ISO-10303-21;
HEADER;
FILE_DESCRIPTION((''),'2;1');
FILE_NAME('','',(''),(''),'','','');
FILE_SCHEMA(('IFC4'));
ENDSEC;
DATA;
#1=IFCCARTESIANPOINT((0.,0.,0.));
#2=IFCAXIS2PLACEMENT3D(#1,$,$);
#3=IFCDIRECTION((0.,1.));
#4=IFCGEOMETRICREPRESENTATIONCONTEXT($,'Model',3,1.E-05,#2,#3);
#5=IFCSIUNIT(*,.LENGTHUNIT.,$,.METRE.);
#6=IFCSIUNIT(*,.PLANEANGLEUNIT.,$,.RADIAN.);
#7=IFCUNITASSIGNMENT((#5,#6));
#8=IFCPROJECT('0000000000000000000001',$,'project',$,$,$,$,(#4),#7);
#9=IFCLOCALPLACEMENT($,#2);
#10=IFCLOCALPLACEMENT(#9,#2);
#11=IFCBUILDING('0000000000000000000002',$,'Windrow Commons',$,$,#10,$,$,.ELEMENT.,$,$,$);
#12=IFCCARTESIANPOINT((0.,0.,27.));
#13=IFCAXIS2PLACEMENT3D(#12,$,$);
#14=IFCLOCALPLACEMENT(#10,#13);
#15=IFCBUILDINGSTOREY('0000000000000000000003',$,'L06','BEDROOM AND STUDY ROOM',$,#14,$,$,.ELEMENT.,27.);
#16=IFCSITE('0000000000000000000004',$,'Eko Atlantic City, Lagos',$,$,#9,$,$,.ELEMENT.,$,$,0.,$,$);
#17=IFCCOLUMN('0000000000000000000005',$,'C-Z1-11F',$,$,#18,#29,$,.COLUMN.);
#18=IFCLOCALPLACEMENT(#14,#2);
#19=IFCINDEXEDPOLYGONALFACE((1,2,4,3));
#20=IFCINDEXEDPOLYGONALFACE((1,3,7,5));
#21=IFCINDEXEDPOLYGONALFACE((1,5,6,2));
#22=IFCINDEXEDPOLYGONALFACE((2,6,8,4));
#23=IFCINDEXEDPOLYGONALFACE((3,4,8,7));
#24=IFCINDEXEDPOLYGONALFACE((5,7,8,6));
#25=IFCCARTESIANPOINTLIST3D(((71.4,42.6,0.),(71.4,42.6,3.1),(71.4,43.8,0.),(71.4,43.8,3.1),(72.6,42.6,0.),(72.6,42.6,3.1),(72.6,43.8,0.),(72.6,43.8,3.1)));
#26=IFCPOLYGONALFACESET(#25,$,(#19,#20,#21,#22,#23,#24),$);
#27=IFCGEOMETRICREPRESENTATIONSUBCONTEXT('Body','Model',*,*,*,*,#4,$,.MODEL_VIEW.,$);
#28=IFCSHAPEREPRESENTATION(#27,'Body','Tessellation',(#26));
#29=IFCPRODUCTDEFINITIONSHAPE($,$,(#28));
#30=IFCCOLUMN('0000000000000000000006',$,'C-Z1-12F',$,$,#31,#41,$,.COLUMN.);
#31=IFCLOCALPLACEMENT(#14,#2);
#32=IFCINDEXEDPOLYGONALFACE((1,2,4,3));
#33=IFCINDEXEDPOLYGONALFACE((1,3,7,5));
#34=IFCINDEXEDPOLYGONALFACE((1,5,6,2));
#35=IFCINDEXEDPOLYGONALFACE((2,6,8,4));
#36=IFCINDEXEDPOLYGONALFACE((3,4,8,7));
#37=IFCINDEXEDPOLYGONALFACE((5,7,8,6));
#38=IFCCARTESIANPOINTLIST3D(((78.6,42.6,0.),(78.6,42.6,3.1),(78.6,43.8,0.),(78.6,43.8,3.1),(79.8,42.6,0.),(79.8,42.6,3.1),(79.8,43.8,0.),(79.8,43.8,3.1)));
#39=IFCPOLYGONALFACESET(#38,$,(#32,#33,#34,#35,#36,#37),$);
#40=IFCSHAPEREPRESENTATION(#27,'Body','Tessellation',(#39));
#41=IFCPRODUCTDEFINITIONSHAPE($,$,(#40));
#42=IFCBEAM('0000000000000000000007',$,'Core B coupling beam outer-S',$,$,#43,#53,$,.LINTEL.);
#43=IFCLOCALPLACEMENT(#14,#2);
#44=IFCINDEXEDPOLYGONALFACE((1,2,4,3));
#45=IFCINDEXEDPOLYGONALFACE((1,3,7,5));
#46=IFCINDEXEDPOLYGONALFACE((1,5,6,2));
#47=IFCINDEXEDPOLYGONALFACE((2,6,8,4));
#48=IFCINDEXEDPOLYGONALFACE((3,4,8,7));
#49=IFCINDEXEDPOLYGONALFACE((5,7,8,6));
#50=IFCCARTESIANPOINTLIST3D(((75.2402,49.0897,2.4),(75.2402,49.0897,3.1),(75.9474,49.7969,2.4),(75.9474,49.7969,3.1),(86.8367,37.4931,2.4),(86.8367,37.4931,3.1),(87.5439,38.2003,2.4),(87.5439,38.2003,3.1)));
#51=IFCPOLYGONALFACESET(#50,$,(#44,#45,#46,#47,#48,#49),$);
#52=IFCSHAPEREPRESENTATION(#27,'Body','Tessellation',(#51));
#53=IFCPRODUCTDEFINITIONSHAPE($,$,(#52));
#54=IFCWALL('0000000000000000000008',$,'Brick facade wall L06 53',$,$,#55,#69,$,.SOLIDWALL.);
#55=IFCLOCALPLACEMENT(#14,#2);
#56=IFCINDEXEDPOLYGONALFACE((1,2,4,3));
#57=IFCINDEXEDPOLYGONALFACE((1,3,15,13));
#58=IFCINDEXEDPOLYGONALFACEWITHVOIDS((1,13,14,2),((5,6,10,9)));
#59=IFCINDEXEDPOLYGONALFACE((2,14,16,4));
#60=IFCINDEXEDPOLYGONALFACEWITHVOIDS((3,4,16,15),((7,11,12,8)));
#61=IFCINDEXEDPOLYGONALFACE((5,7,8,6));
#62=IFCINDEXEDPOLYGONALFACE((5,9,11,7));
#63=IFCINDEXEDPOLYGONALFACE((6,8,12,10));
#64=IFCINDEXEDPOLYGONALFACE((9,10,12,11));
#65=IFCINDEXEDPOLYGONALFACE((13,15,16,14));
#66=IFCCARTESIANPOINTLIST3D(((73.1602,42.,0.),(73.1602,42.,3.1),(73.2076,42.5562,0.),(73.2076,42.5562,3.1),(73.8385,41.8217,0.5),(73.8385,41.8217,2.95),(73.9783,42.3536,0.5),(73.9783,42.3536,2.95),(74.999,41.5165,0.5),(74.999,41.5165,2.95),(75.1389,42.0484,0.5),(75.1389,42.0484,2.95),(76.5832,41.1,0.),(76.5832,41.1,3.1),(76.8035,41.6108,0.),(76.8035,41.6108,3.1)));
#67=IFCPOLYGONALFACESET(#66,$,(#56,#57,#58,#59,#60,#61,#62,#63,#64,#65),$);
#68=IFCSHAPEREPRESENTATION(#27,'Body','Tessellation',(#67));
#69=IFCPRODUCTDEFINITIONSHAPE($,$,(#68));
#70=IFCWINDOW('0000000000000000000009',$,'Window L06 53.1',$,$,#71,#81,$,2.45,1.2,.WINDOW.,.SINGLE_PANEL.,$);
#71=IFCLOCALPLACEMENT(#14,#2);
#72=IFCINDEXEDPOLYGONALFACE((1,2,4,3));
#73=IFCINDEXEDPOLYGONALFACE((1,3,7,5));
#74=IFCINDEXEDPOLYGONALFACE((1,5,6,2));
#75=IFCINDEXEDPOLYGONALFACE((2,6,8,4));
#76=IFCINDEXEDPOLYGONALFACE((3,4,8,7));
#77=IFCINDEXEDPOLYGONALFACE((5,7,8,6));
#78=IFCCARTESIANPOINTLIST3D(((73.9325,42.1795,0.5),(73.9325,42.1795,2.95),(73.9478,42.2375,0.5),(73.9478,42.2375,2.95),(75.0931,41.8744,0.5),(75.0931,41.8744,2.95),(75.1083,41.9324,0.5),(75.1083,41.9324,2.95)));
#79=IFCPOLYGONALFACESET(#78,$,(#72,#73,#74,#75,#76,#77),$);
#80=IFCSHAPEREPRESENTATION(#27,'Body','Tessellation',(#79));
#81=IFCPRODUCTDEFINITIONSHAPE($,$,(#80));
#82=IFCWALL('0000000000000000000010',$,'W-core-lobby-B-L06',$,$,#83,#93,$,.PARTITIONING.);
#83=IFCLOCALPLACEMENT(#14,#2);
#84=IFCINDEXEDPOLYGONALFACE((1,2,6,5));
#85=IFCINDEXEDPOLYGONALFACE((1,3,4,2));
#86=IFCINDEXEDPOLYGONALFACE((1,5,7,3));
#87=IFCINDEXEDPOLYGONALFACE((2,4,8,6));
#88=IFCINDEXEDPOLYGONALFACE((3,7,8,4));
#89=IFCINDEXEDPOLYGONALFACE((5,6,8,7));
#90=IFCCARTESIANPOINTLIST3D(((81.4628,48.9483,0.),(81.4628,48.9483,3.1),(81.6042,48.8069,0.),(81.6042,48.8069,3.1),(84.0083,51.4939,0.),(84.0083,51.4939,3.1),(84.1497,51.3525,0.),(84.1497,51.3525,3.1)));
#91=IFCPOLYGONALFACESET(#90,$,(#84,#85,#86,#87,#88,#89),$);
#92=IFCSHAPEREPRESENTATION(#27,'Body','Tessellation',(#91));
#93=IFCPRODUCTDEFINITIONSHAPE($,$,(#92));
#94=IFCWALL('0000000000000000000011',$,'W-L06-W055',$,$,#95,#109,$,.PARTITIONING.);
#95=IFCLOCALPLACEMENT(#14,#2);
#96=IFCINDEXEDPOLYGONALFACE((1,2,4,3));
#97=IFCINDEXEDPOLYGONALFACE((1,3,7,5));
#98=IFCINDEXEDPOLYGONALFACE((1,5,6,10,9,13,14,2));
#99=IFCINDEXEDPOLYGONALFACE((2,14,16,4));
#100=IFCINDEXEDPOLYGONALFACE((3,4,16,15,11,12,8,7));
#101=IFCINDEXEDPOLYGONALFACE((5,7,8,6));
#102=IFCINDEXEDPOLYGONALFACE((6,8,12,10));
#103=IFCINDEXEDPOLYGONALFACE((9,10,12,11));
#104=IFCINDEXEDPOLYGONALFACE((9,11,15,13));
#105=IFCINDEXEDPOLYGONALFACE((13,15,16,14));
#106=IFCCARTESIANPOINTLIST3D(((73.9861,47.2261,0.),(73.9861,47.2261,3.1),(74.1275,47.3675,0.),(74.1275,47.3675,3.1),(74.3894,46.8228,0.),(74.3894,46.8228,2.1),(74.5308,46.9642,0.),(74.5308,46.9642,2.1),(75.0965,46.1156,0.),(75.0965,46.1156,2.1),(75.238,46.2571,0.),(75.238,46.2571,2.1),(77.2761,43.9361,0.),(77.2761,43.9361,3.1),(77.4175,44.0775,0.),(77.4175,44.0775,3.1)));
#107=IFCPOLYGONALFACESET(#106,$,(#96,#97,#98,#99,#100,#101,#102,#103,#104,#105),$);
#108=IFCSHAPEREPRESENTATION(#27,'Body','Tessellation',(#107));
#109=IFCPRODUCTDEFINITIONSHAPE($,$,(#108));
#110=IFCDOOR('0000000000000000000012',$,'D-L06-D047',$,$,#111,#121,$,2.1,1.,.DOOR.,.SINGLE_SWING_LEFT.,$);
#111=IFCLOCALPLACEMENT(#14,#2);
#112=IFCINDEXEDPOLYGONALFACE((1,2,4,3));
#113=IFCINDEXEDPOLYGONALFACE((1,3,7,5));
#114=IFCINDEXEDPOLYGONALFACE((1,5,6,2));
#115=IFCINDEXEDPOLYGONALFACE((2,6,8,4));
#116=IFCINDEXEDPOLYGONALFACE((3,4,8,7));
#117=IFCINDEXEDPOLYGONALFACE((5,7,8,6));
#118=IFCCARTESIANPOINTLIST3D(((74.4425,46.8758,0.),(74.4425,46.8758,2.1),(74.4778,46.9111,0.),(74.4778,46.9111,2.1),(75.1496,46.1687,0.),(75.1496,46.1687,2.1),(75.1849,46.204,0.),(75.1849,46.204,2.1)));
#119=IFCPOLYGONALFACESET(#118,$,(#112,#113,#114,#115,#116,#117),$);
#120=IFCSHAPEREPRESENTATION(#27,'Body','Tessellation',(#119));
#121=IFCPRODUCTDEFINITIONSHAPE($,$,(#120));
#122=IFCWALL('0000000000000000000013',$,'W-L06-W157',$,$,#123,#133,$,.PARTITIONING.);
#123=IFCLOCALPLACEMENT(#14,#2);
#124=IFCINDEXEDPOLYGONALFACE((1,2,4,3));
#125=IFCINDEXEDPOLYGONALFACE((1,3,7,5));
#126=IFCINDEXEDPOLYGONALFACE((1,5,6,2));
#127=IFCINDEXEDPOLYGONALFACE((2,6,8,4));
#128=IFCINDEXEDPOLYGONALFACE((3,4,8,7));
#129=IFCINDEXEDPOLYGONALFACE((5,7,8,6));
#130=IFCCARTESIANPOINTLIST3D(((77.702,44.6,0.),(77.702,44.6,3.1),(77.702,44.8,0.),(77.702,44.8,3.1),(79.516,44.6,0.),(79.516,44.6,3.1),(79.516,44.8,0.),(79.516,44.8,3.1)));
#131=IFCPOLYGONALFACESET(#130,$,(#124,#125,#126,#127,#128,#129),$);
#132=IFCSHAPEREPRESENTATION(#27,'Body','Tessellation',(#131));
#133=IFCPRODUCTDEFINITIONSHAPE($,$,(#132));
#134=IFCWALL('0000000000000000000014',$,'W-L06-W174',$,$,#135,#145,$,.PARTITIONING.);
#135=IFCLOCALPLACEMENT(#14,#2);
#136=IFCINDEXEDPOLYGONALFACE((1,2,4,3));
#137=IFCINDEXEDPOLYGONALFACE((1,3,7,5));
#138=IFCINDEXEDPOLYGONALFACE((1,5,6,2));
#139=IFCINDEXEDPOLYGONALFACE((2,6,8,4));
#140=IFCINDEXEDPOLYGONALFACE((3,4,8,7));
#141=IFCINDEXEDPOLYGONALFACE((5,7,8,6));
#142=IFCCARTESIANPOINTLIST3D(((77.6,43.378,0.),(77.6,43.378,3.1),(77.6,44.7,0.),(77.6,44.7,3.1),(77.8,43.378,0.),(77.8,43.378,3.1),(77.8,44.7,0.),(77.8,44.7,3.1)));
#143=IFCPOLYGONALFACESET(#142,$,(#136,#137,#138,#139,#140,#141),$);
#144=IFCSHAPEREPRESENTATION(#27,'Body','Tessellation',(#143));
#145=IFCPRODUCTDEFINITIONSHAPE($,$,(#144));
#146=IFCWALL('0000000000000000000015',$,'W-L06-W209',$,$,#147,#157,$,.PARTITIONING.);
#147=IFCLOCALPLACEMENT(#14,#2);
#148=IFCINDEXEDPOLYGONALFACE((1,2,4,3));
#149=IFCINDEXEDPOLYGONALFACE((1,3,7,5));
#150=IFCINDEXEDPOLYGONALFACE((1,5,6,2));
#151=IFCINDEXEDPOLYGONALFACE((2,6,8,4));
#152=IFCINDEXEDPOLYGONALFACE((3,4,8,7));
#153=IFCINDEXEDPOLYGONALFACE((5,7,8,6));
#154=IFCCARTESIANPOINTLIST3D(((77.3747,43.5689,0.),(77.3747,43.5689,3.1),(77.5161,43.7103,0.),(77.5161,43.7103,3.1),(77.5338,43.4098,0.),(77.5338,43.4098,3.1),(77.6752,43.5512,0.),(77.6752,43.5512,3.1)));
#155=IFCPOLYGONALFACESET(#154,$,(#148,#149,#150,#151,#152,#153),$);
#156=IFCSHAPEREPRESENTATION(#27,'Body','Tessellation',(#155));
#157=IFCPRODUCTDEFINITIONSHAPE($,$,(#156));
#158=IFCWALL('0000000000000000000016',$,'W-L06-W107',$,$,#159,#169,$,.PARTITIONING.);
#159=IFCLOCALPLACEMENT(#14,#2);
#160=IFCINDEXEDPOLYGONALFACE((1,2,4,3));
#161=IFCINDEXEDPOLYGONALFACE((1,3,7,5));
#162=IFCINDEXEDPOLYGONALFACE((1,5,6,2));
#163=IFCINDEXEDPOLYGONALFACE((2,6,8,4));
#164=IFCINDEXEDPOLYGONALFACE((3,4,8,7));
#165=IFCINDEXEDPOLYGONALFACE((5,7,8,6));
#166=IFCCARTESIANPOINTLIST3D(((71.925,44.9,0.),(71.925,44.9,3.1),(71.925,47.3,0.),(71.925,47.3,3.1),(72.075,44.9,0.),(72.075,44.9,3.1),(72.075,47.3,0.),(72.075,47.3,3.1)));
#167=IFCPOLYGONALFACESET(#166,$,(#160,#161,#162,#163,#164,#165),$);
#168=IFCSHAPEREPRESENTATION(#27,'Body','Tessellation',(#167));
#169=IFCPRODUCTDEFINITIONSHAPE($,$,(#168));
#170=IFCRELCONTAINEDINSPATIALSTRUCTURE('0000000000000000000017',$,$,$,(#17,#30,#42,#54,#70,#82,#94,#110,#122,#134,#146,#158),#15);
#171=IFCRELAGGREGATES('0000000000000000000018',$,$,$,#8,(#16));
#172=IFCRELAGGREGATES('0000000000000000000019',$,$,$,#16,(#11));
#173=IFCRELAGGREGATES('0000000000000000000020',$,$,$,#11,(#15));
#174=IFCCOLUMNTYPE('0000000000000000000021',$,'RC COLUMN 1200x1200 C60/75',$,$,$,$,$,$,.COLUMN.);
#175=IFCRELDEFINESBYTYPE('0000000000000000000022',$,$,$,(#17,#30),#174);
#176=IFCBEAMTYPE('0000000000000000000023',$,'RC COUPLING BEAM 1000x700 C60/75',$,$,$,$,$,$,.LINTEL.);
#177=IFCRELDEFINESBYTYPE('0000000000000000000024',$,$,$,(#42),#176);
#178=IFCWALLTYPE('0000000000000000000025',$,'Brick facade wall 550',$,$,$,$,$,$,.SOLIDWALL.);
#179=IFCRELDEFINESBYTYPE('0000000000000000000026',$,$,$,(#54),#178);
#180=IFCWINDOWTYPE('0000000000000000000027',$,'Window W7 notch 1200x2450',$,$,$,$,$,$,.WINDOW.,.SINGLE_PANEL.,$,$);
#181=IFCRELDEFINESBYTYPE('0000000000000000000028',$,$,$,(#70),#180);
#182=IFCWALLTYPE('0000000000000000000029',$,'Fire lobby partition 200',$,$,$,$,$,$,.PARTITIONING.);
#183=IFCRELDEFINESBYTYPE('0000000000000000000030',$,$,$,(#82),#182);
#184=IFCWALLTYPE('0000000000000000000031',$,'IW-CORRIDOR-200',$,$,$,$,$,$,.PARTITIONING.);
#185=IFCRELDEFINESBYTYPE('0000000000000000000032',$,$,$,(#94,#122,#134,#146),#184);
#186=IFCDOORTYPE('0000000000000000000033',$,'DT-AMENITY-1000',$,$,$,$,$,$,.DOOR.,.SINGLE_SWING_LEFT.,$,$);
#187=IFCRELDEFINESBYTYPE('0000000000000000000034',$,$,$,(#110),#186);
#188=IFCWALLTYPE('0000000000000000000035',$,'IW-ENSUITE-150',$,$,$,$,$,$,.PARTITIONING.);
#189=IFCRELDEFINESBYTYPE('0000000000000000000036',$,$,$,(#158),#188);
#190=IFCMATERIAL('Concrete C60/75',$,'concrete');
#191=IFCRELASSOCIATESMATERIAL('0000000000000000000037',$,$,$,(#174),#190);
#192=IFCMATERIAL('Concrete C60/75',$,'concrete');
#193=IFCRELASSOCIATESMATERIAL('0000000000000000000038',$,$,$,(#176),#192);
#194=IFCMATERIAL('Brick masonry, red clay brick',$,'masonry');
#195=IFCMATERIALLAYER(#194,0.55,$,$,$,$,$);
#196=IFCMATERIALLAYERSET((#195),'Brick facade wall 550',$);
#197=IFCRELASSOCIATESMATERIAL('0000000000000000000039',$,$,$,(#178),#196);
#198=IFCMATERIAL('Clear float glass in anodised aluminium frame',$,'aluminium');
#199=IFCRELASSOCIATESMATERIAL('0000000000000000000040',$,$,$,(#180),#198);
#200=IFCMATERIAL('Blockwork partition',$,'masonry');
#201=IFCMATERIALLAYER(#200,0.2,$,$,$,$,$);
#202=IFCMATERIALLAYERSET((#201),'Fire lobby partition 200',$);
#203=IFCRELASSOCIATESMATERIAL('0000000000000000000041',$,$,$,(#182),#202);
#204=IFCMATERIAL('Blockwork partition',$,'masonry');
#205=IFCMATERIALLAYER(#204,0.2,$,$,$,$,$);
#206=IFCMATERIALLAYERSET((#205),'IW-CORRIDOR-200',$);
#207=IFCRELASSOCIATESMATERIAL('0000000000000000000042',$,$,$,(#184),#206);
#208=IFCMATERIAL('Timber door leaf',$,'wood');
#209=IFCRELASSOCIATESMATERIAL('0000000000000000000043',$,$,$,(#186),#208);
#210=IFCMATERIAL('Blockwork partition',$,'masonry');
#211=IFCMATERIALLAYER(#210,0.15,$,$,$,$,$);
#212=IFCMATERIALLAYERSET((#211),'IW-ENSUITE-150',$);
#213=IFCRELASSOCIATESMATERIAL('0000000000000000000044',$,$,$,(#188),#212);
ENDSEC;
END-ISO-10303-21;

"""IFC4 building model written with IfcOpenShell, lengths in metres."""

from ifc_helpers import new_model, si_unit, direction, frame, frame_2d, origin, origin_2d, place, context, subcontext, project, spatial, polyline, rectangle, outline, extrude, material, layer, layer_set, material_profile, profile_set, type_object, element, fill, save


model = new_model("IFC4")

# Units and contexts
model_context = context("Model", 3, precision=1e-05, world=origin(), true_north=direction((0.0, 1.0)))
body_context = subcontext(model_context, "Body", "Model", "MODEL_VIEW")
ifc_project = project(units=[si_unit("LENGTHUNIT", "METRE"), si_unit("PLANEANGLEUNIT", "RADIAN")], contexts=[model_context])

# Site, building, storey
site_placement = place(None, origin())
site = spatial("IfcSite", under=ifc_project, at=site_placement, Name="Eko Atlantic City, Lagos", CompositionType="ELEMENT", RefElevation=0.0)
building_placement = place(site_placement, origin())
building = spatial("IfcBuilding", under=site, at=building_placement, Name="Windrow Commons", CompositionType="ELEMENT")
storey_placement = place(building_placement, frame((0.0, 0.0, 27.0)))
storey = spatial("IfcBuildingStorey", under=building, at=storey_placement, Name="L06", Description="BEDROOM AND STUDY ROOM", CompositionType="ELEMENT", Elevation=27.0)

# Columns
ifc_material_1 = material(Name="Concrete C60/75", Category="concrete")
ifc_material_profile_1 = material_profile(ifc_material_1, rectangle(XDim=1.2, YDim=1.2, at=origin_2d()))
ifc_profile_set_1 = profile_set([ifc_material_profile_1], Name="Concrete C60/75")
column_type = type_object("IfcColumnType", Name="RC COLUMN 1200x1200 C60/75", PredefinedType="COLUMN", material=ifc_profile_set_1)
for number, where, z_axis, x_axis, name in (
    (1, (72.0, 43.2, 0.0), (0.0, 0.0, 1.0), (1.0, 0.0, 0.0), "C-Z1-11F"),
    (2, (79.2, 43.2, 0.0), (0.0, 0.0, 1.0), (1.0, 0.0, 0.0), "C-Z1-12F"),
):
    element("IfcColumn", number, at=place(storey_placement, frame(where, z_axis=z_axis, x_axis=x_axis)), inside=storey, type_object=column_type, Name=name, PredefinedType="COLUMN", context=body_context, shape_type="SweptSolid", body=[
        extrude(rectangle(XDim=1.2, YDim=1.2, at=origin_2d()), origin(), (0.0, 0.0, 1.0), 3.1),
    ])

# Beam
ifc_material_2 = material(Name="Concrete C60/75", Category="concrete")
ifc_material_profile_2 = material_profile(ifc_material_2, rectangle(XDim=1.0, YDim=0.7, at=origin_2d()))
ifc_profile_set_2 = profile_set([ifc_material_profile_2], Name="Concrete C60/75")
beam_type = type_object("IfcBeamType", Name="RC COUPLING BEAM 1000x700 C60/75", PredefinedType="LINTEL", material=ifc_profile_set_2)
beam_placement = place(storey_placement, frame((75.5938, 49.4433, 2.75), z_axis=(0.707104, -0.70711, 0.0), x_axis=(0.70711, 0.707104, 0.0)))
element("IfcBeam", 3, at=beam_placement, inside=storey, type_object=beam_type, Name="Core B coupling beam outer-S", PredefinedType="LINTEL", context=body_context, shape_type="SweptSolid", body=[
    extrude(rectangle(XDim=1.0, YDim=0.7, at=origin_2d()), origin(), (0.0, 0.0, 1.0), 16.4),
])

# Wall, opening, window
ifc_material_3 = material(Name="Brick masonry, red clay brick", Category="masonry")
ifc_layer_1 = layer(ifc_material_3, 0.55)
ifc_layer_set_1 = layer_set([ifc_layer_1], Name="Brick facade wall 550")
wall_type_1 = type_object("IfcWallType", Name="Brick facade wall 550", PredefinedType="SOLIDWALL", material=ifc_layer_set_1)
wall_1_placement = place(storey_placement, frame((73.1839, 42.2781, 0.0), z_axis=(0.0, 0.0, 1.0), x_axis=(0.967131, -0.25428, 0.0)))
wall_1 = element("IfcWall", 4, at=wall_1_placement, inside=storey, type_object=wall_type_1, Name="Brick facade wall L06 53", PredefinedType="SOLIDWALL", context=body_context, shape_type="SweptSolid", body=[
    extrude(outline(polyline([(0.0478, -0.275), (3.5871, -0.275), (3.6703, 0.275), (-0.0478, 0.275), (0.0478, -0.275)])), origin(), (0.0, 0.0, 1.0), 3.1),
])
opening_1_placement = place(wall_1_placement, frame((0.7491, 0.0, 0.5)))
opening_1 = element("IfcOpeningElement", 5, at=opening_1_placement, cuts=wall_1, PredefinedType="OPENING", context=body_context, shape_type="SweptSolid", body=[
    extrude(rectangle(XDim=1.2, YDim=2.45, at=frame_2d((0.6, 1.225))), frame((0.0, 0.285, 0.0), z_axis=(0.0, -1.0, 0.0), x_axis=(1.0, 0.0, 0.0)), (0.0, 0.0, 1.0), 0.57),
])
ifc_material_4 = material(Name="Clear float glass in anodised aluminium frame", Category="aluminium")
window_type = type_object("IfcWindowType", Name="Window W7 notch 1200x2450", PartitioningType="SINGLE_PANEL", PredefinedType="WINDOW", material=ifc_material_4)
window_placement = place(opening_1_placement, origin())
window = element("IfcWindow", 6, at=window_placement, inside=storey, type_object=window_type, Name="Window L06 53.1", OverallHeight=2.45, OverallWidth=1.2, PartitioningType="SINGLE_PANEL", PredefinedType="WINDOW", context=body_context, shape_type="SweptSolid", body=[
    extrude(rectangle(XDim=1.2, YDim=2.45, at=frame_2d((0.6, 1.225))), frame((0.0, 0.155, 0.0), z_axis=(0.0, -1.0, 0.0), x_axis=(1.0, 0.0, 0.0)), (0.0, 0.0, 1.0), 0.06),
])
fill(opening_1, window)

# Wall
ifc_material_5 = material(Name="Blockwork partition", Category="masonry")
ifc_layer_2 = layer(ifc_material_5, 0.2)
ifc_layer_set_2 = layer_set([ifc_layer_2], Name="Fire lobby partition 200")
wall_type_2 = type_object("IfcWallType", Name="Fire lobby partition 200", PredefinedType="PARTITIONING", material=ifc_layer_set_2)
wall_2_placement = place(storey_placement, frame((81.5335, 48.8776, 0.0), z_axis=(0.0, 0.0, 1.0), x_axis=(0.707093, 0.707121, 0.0)))
element("IfcWall", 7, at=wall_2_placement, inside=storey, type_object=wall_type_2, Name="W-core-lobby-B-L06", PredefinedType="PARTITIONING", context=body_context, shape_type="SweptSolid", body=[
    extrude(rectangle(XDim=3.6, YDim=0.2, at=frame_2d((1.8, 0.0))), origin(), (0.0, 0.0, 1.0), 3.1),
])

# Wall, opening, door
ifc_material_6 = material(Name="Blockwork partition", Category="masonry")
ifc_layer_3 = layer(ifc_material_6, 0.2)
ifc_layer_set_3 = layer_set([ifc_layer_3], Name="IW-CORRIDOR-200")
wall_type_3 = type_object("IfcWallType", Name="IW-CORRIDOR-200", PredefinedType="PARTITIONING", material=ifc_layer_set_3)
wall_3_placement = place(storey_placement, frame((74.0568, 47.2968, 0.0), z_axis=(0.0, 0.0, 1.0), x_axis=(0.707107, -0.707107, 0.0)))
wall_3 = element("IfcWall", 8, at=wall_3_placement, inside=storey, type_object=wall_type_3, Name="W-L06-W055", PredefinedType="PARTITIONING", context=body_context, shape_type="SweptSolid", body=[
    extrude(rectangle(XDim=4.6528, YDim=0.2, at=frame_2d((2.3264, 0.0))), origin(), (0.0, 0.0, 1.0), 3.1),
])
opening_2_placement = place(wall_3_placement, frame((0.5704, 0.0, 0.0)))
opening_2 = element("IfcOpeningElement", 9, at=opening_2_placement, cuts=wall_3, PredefinedType="OPENING", context=body_context, shape_type="SweptSolid", body=[
    extrude(rectangle(XDim=1.0, YDim=2.1, at=frame_2d((0.5, 1.05))), frame((0.0, 0.11, 0.0), z_axis=(0.0, -1.0, 0.0), x_axis=(1.0, 0.0, 0.0)), (0.0, 0.0, 1.0), 0.22),
])
ifc_material_7 = material(Name="Timber door leaf", Category="wood")
door_type = type_object("IfcDoorType", Name="DT-AMENITY-1000", OperationType="SINGLE_SWING_LEFT", PredefinedType="DOOR", material=ifc_material_7)
door_placement = place(opening_2_placement, origin())
door = element("IfcDoor", 10, at=door_placement, inside=storey, type_object=door_type, Name="D-L06-D047", OperationType="SINGLE_SWING_LEFT", OverallHeight=2.1, OverallWidth=1.0, PredefinedType="DOOR", context=body_context, shape_type="SweptSolid", body=[
    extrude(rectangle(XDim=1.0, YDim=2.1, at=frame_2d((0.5, 1.05))), frame((0.0, 0.025, 0.0), z_axis=(0.0, -1.0, 0.0), x_axis=(1.0, 0.0, 0.0)), (0.0, 0.0, 1.0), 0.05),
])
fill(opening_2, door)

# Walls
wall_4_placement = place(storey_placement, frame((77.702, 44.7, 0.0), z_axis=(0.0, 0.0, 1.0), x_axis=(1.0, 0.0, 0.0)))
element("IfcWall", 11, at=wall_4_placement, inside=storey, type_object=wall_type_3, Name="W-L06-W157", PredefinedType="PARTITIONING", context=body_context, shape_type="SweptSolid", body=[
    extrude(rectangle(XDim=1.814, YDim=0.2, at=frame_2d((0.907, 0.0))), origin(), (0.0, 0.0, 1.0), 3.1),
])
wall_5_placement = place(storey_placement, frame((77.7, 43.378, 0.0), z_axis=(0.0, 0.0, 1.0), x_axis=(0.0, 1.0, 0.0)))
element("IfcWall", 12, at=wall_5_placement, inside=storey, type_object=wall_type_3, Name="W-L06-W174", PredefinedType="PARTITIONING", context=body_context, shape_type="SweptSolid", body=[
    extrude(rectangle(XDim=1.322, YDim=0.2, at=frame_2d((0.661, 0.0))), origin(), (0.0, 0.0, 1.0), 3.1),
])
wall_6_placement = place(storey_placement, frame((77.4454, 43.6396, 0.0), z_axis=(0.0, 0.0, 1.0), x_axis=(0.707107, -0.707107, 0.0)))
element("IfcWall", 13, at=wall_6_placement, inside=storey, type_object=wall_type_3, Name="W-L06-W209", PredefinedType="PARTITIONING", context=body_context, shape_type="SweptSolid", body=[
    extrude(rectangle(XDim=0.225, YDim=0.2, at=frame_2d((0.1125, 0.0))), origin(), (0.0, 0.0, 1.0), 3.1),
])
ifc_material_8 = material(Name="Blockwork partition", Category="masonry")
ifc_layer_4 = layer(ifc_material_8, 0.15)
ifc_layer_set_4 = layer_set([ifc_layer_4], Name="IW-ENSUITE-150")
wall_type_4 = type_object("IfcWallType", Name="IW-ENSUITE-150", PredefinedType="PARTITIONING", material=ifc_layer_set_4)
wall_7_placement = place(storey_placement, frame((72.0, 44.9, 0.0), z_axis=(0.0, 0.0, 1.0), x_axis=(0.0, 1.0, 0.0)))
element("IfcWall", 14, at=wall_7_placement, inside=storey, type_object=wall_type_4, Name="W-L06-W107", PredefinedType="PARTITIONING", context=body_context, shape_type="SweptSolid", body=[
    extrude(rectangle(XDim=2.4, YDim=0.15, at=frame_2d((1.2, 0.0))), origin(), (0.0, 0.0, 1.0), 3.1),
])

save(model, "model.ifc")
